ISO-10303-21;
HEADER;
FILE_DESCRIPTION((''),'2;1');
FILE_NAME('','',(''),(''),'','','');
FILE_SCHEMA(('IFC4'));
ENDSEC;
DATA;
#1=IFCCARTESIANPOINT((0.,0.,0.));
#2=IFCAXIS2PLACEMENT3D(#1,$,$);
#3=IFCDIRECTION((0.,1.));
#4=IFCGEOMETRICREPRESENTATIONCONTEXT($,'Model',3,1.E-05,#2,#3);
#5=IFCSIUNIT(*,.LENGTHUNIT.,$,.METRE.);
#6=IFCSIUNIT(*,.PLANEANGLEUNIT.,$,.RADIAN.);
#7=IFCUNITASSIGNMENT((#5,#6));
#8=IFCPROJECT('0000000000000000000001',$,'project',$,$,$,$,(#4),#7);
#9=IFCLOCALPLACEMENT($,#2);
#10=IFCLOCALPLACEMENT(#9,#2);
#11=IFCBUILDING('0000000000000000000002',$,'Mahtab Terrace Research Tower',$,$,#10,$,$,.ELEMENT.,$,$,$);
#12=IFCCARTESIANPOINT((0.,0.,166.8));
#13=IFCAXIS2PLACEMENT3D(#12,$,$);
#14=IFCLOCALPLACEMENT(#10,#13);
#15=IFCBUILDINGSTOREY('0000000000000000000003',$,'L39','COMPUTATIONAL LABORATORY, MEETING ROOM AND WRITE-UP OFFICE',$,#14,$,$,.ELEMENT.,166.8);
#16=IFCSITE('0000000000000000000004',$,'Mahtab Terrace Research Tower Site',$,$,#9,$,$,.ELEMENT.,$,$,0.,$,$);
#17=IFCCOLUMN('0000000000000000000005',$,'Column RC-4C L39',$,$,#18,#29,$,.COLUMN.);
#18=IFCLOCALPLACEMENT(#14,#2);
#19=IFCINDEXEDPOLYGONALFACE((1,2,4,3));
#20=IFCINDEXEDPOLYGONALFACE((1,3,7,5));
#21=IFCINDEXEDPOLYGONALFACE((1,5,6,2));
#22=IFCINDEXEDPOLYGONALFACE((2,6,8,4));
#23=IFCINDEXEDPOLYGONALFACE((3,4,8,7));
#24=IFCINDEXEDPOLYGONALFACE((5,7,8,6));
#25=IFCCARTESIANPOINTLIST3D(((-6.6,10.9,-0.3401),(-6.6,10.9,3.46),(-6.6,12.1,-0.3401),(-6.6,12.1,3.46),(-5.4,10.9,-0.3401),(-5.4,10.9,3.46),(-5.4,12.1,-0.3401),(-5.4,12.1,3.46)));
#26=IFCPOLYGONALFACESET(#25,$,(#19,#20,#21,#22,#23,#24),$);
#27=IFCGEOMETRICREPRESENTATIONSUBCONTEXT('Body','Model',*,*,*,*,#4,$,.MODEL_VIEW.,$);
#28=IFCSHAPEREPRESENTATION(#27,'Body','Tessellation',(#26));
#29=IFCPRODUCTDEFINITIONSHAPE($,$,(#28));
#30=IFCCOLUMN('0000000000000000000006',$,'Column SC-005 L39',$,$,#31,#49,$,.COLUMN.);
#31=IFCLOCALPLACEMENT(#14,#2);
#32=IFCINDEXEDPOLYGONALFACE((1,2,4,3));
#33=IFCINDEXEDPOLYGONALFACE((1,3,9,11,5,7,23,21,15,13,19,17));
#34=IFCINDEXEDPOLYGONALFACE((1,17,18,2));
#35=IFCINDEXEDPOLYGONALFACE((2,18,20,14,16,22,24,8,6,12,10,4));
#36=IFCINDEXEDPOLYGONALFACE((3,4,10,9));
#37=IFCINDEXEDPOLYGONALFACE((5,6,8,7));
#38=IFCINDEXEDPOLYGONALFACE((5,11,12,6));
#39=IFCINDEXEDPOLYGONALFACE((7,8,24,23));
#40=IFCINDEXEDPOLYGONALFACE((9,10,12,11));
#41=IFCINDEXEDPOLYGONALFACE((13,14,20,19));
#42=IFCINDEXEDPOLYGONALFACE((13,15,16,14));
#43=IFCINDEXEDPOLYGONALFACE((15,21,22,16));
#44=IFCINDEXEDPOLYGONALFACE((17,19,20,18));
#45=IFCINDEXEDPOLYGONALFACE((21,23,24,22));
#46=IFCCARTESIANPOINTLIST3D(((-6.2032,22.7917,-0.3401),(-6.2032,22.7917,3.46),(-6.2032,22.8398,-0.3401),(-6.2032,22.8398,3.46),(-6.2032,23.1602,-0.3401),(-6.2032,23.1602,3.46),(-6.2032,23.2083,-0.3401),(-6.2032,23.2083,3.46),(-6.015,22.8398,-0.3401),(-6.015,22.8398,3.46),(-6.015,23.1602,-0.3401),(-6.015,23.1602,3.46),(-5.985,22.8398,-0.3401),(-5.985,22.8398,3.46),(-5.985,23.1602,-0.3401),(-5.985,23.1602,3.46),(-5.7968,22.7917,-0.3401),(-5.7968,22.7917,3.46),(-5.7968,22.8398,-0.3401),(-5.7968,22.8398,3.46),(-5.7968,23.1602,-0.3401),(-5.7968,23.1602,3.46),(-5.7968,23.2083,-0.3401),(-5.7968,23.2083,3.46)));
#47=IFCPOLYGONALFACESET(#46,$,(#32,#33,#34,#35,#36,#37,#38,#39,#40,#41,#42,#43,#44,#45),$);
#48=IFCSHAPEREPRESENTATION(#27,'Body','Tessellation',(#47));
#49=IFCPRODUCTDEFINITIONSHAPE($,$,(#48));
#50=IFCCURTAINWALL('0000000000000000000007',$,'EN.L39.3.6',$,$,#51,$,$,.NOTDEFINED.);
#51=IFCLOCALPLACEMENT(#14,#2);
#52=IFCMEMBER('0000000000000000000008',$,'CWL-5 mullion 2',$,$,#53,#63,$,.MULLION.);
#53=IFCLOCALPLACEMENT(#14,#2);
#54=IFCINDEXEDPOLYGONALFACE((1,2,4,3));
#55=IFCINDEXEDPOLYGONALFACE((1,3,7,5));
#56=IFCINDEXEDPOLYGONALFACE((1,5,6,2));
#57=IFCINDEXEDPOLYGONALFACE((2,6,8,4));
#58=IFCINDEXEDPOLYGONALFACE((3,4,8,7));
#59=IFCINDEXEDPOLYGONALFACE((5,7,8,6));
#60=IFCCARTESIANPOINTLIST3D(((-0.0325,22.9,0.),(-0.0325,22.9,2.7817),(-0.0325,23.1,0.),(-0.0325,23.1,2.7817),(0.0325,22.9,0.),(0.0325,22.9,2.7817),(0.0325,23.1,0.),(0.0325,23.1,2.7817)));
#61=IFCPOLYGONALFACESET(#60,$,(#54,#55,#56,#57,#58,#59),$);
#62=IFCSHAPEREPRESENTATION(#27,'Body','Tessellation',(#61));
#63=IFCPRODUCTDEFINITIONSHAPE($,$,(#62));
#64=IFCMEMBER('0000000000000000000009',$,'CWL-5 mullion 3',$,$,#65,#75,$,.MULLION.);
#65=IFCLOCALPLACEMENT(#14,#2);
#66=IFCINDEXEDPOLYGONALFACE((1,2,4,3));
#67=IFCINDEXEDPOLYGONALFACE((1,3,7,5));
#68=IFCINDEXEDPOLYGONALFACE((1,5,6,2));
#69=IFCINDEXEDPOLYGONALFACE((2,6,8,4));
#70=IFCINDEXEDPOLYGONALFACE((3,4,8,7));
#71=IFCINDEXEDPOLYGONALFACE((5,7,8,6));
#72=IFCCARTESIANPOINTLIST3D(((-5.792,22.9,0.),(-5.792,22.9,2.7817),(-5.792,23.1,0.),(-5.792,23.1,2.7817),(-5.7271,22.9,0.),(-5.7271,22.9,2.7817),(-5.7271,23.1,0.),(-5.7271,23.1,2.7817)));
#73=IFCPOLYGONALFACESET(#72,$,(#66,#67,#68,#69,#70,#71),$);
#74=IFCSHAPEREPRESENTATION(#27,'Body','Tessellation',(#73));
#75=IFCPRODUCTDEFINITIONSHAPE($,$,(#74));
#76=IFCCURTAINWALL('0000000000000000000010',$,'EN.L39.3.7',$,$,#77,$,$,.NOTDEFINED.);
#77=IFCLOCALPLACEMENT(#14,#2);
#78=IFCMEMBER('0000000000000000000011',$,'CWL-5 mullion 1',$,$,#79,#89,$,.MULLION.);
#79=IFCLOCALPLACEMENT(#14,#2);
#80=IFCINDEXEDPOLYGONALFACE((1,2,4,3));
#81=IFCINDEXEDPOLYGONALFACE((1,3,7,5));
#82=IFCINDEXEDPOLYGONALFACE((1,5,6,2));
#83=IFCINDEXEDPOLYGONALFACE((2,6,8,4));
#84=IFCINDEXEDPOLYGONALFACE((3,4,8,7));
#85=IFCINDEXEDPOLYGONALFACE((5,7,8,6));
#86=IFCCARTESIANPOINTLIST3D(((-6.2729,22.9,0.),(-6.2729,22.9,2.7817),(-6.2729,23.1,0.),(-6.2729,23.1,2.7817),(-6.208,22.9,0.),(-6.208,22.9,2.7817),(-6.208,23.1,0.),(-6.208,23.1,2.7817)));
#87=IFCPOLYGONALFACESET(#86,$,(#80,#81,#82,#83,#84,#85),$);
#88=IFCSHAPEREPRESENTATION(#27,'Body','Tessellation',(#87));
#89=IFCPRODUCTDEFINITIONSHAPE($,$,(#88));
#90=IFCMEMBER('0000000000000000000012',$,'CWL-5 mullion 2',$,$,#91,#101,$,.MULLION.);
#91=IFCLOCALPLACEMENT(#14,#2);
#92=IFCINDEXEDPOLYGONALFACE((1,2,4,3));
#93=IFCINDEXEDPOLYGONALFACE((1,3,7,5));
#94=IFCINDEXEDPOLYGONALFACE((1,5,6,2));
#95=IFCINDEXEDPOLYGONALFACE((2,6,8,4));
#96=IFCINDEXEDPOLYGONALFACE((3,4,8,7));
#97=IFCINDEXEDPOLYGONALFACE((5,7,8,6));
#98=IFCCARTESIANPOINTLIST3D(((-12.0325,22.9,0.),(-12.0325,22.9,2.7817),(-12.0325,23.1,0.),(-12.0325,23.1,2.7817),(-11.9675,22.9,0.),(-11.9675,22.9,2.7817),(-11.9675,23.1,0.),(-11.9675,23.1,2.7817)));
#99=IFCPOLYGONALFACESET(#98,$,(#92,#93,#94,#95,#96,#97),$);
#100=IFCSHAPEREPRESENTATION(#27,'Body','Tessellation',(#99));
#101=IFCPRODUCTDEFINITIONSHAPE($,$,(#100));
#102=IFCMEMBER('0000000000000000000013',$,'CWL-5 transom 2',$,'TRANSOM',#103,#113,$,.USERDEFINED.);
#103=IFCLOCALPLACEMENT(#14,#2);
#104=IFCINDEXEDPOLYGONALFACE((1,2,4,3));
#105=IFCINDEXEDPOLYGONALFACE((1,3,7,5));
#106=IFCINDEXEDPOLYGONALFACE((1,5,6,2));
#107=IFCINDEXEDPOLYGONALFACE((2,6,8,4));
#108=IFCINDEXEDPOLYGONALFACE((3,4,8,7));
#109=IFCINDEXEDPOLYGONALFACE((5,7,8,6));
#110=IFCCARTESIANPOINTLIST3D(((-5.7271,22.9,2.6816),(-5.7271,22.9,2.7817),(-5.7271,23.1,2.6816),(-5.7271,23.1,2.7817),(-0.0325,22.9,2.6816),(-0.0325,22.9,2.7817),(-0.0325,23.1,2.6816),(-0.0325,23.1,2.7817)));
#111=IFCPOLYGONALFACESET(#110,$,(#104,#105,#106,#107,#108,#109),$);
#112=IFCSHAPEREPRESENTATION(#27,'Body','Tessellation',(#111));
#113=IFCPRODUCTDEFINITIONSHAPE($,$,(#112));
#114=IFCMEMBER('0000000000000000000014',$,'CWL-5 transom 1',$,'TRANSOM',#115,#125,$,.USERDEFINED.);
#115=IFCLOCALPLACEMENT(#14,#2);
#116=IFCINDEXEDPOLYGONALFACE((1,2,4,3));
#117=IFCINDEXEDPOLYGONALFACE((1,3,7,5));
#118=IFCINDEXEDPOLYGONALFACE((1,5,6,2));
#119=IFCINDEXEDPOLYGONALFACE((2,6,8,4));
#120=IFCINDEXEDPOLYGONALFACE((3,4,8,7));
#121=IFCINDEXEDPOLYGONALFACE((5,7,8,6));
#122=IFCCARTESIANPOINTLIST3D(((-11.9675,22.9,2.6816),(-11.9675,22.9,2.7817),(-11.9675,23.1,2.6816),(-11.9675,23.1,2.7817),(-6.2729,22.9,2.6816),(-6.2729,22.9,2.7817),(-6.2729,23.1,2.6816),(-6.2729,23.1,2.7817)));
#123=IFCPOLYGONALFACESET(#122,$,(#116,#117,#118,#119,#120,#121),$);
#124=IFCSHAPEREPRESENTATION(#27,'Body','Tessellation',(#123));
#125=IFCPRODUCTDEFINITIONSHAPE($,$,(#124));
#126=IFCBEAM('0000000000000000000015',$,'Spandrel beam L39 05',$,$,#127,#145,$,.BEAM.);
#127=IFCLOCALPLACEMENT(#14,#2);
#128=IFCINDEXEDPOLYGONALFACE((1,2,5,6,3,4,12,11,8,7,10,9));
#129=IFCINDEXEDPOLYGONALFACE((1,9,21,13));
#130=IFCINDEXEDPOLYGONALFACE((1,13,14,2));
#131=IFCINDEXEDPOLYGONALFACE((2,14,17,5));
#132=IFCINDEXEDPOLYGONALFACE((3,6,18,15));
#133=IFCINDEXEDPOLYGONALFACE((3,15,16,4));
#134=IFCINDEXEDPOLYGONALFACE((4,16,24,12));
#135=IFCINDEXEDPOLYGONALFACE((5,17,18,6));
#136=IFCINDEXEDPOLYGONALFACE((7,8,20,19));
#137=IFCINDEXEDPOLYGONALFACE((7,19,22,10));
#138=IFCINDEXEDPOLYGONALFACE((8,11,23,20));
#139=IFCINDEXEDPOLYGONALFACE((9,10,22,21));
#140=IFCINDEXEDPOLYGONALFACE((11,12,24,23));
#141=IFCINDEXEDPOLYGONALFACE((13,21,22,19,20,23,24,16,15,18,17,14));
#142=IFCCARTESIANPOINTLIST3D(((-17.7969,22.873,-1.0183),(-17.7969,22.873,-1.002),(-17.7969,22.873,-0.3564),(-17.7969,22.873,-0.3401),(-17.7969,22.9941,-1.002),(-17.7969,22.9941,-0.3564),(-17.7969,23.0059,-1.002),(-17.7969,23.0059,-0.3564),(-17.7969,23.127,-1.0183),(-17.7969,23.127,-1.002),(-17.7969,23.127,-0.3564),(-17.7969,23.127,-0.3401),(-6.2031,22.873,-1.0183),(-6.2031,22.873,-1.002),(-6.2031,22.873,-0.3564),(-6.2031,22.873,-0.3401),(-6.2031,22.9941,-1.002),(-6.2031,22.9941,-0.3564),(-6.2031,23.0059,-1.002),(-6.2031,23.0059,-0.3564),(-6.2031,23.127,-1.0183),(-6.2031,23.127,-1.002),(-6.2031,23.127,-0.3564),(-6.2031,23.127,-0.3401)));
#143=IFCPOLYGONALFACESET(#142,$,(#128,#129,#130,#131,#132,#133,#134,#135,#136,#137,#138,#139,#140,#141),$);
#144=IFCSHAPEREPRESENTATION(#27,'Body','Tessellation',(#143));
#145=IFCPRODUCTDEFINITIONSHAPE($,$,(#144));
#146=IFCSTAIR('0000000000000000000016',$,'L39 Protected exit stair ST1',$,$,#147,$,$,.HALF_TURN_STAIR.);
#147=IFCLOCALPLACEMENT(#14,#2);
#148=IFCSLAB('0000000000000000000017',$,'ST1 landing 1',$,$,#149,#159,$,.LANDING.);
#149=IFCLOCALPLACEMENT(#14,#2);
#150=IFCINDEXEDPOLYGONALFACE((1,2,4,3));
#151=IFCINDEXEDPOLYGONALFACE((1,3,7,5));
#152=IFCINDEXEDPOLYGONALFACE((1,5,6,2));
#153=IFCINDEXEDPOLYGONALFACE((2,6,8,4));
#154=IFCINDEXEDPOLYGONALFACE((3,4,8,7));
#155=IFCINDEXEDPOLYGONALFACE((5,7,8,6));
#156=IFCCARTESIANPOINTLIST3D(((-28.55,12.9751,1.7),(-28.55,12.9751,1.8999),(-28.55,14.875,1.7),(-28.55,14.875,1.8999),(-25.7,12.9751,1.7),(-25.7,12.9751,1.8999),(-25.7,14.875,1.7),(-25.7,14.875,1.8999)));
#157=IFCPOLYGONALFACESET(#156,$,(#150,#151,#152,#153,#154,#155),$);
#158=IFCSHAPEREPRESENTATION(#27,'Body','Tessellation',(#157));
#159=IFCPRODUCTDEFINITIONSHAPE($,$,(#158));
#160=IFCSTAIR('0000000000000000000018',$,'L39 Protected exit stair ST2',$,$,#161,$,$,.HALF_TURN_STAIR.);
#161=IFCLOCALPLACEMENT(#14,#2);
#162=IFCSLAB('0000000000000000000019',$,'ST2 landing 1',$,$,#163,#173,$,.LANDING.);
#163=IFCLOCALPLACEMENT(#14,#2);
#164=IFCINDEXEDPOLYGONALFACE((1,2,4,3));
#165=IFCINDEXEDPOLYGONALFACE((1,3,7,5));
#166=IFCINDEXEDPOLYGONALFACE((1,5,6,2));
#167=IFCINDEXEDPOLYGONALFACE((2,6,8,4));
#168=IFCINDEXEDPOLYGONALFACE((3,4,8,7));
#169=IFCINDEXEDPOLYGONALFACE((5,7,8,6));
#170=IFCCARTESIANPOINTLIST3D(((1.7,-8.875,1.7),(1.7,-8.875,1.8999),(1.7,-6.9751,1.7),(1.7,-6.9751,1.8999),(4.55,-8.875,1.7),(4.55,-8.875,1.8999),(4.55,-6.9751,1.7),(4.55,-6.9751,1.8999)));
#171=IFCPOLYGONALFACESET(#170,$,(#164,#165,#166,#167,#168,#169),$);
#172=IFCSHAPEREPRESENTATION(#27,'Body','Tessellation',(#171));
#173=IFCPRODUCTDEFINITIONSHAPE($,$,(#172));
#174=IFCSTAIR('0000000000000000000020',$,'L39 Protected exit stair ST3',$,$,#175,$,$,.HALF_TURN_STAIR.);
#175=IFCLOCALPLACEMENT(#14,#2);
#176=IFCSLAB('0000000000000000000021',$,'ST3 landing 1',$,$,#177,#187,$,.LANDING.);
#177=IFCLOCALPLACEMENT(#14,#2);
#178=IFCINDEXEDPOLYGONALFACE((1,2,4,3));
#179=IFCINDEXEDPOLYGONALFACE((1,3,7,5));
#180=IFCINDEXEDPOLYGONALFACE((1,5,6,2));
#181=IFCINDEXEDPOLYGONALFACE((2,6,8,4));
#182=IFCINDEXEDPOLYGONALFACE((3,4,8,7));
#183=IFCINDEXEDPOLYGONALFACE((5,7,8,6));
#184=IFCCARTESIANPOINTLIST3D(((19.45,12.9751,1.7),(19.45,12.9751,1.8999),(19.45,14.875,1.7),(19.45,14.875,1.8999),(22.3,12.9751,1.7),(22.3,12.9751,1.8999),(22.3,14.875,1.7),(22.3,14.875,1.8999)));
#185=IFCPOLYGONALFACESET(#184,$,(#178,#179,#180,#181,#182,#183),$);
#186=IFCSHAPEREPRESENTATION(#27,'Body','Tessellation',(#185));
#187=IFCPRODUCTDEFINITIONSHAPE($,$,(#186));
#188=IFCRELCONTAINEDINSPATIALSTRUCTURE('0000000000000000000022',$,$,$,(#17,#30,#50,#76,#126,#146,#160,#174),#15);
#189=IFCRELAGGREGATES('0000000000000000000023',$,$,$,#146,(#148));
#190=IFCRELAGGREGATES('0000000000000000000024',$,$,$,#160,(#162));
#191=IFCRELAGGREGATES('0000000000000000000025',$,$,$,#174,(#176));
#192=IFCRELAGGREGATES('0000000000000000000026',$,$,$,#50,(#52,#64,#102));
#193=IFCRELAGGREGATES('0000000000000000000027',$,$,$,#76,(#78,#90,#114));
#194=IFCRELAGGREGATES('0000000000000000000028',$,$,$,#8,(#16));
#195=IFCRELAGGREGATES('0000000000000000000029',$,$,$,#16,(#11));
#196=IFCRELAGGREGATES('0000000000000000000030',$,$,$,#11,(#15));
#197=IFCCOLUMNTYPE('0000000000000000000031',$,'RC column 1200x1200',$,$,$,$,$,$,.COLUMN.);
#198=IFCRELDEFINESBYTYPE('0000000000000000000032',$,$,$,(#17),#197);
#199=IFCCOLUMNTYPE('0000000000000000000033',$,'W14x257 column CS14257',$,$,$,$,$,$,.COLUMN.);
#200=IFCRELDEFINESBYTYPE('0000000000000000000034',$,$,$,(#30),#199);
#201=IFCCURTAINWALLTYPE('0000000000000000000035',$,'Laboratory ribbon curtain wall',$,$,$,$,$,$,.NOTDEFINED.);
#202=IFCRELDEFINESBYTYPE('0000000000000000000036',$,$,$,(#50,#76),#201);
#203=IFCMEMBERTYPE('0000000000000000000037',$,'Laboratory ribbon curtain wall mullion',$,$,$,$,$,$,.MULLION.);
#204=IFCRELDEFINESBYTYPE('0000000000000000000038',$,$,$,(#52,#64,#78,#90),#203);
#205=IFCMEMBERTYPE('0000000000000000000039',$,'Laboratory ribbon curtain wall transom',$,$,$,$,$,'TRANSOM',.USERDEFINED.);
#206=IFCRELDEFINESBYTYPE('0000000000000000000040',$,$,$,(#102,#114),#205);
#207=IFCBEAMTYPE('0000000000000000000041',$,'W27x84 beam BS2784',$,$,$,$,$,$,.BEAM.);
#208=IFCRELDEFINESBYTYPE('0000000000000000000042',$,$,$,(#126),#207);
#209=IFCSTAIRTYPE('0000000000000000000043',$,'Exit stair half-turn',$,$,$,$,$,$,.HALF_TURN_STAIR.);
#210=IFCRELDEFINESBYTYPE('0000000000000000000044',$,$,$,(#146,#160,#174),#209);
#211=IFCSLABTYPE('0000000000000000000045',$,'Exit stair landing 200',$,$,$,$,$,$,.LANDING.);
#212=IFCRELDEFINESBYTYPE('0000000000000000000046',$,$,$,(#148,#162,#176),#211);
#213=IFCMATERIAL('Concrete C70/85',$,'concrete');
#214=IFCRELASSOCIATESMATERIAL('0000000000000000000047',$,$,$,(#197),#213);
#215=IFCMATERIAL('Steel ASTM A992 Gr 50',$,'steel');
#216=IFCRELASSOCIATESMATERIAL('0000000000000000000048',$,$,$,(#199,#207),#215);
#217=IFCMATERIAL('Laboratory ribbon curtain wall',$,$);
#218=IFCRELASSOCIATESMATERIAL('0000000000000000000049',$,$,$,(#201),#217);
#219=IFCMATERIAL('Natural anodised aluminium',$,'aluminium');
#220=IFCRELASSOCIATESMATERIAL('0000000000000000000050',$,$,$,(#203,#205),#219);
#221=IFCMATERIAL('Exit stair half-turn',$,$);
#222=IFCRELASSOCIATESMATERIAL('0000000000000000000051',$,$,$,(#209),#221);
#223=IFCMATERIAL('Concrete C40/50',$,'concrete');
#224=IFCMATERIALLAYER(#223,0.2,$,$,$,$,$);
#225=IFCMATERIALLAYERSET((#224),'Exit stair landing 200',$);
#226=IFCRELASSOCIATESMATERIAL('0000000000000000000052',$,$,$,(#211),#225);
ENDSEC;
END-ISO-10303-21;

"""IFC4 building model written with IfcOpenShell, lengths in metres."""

from ifc_helpers import new_model, si_unit, direction, frame, origin, origin_2d, place, context, subcontext, project, spatial, polyline, rectangle, i_section, outline, extrude, material, layer, layer_set, material_profile, profile_set, type_object, element, aggregate, save


model = new_model("IFC4")

# Units and contexts
model_context = context("Model", 3, precision=1e-05, world=origin(), true_north=direction((0.0, 1.0)))
body_context = subcontext(model_context, "Body", "Model", "MODEL_VIEW")
ifc_project = project(units=[si_unit("LENGTHUNIT", "METRE"), si_unit("PLANEANGLEUNIT", "RADIAN")], contexts=[model_context])

# Site, building, storey
site_placement = place(None, origin())
site = spatial("IfcSite", under=ifc_project, at=site_placement, Name="Mahtab Terrace Research Tower Site", CompositionType="ELEMENT", RefElevation=0.0)
building_placement = place(site_placement, origin())
building = spatial("IfcBuilding", under=site, at=building_placement, Name="Mahtab Terrace Research Tower", CompositionType="ELEMENT")
storey_placement = place(building_placement, frame((0.0, 0.0, 166.8)))
storey = spatial("IfcBuildingStorey", under=building, at=storey_placement, Name="L39", Description="COMPUTATIONAL LABORATORY, MEETING ROOM AND WRITE-UP OFFICE", CompositionType="ELEMENT", Elevation=166.8)

# Columns
ifc_material_1 = material(Name="Concrete C70/85", Category="concrete")
ifc_material_profile_1 = material_profile(ifc_material_1, rectangle(XDim=1.2, YDim=1.2, at=origin_2d()), Name="RC column 1200x1200")
ifc_profile_set_1 = profile_set([ifc_material_profile_1], Name="Concrete C70/85")
column_type_1 = type_object("IfcColumnType", Name="RC column 1200x1200", PredefinedType="COLUMN", material=ifc_profile_set_1)
column_1_placement = place(storey_placement, frame((-6.0, 11.5, -0.3401), z_axis=(0.0, 0.0, 1.0), x_axis=(1.0, 0.0, 0.0)))
element("IfcColumn", 1, at=column_1_placement, inside=storey, type_object=column_type_1, Name="Column RC-4C L39", PredefinedType="COLUMN", context=body_context, shape_type="SweptSolid", body=[
    extrude(rectangle(XDim=1.2, YDim=1.2, at=origin_2d()), origin(), (0.0, 0.0, 1.0), 3.8),
])
ifc_material_2 = material(Name="Steel ASTM A992 Gr 50", Category="steel")
ifc_material_profile_2 = material_profile(ifc_material_2, i_section(OverallWidth=0.4065, OverallDepth=0.4165, WebThickness=0.03, FlangeThickness=0.0481, at=origin_2d()), Name="W14X257")
ifc_profile_set_2 = profile_set([ifc_material_profile_2], Name="Steel ASTM A992 Gr 50")
column_type_2 = type_object("IfcColumnType", Name="W14x257 column CS14257", PredefinedType="COLUMN", material=ifc_profile_set_2)
column_2_placement = place(storey_placement, frame((-6.0, 23.0, -0.3401), z_axis=(0.0, 0.0, 1.0), x_axis=(1.0, 0.0, 0.0)))
element("IfcColumn", 2, at=column_2_placement, inside=storey, type_object=column_type_2, Name="Column SC-005 L39", PredefinedType="COLUMN", context=body_context, shape_type="SweptSolid", body=[
    extrude(i_section(OverallWidth=0.4065, OverallDepth=0.4165, WebThickness=0.03, FlangeThickness=0.0481, at=origin_2d()), origin(), (0.0, 0.0, 1.0), 3.8),
])

# Curtain walls, members
ifc_material_3 = material(Name="Laboratory ribbon curtain wall")
curtain_wall_type = type_object("IfcCurtainWallType", Name="Laboratory ribbon curtain wall", PredefinedType="NOTDEFINED", material=ifc_material_3)
curtain_wall_1_placement = place(storey_placement, origin())
curtain_wall_1 = element("IfcCurtainWall", 3, at=curtain_wall_1_placement, inside=storey, type_object=curtain_wall_type, Name="EN.L39.3.6", PredefinedType="NOTDEFINED")
ifc_material_4 = material(Name="Natural anodised aluminium", Category="aluminium")
ifc_material_profile_3 = material_profile(ifc_material_4, rectangle(XDim=0.2, YDim=0.0649, at=origin_2d()), Name="MULLION 65x200")
ifc_profile_set_3 = profile_set([ifc_material_profile_3], Name="Natural anodised aluminium")
member_type_1 = type_object("IfcMemberType", Name="Laboratory ribbon curtain wall mullion", PredefinedType="MULLION", material=ifc_profile_set_3)
member_1_placement = place(storey_placement, frame((0.0, 23.0, 0.0), z_axis=(0.0, 0.0, 1.0), x_axis=(0.0, -1.0, 0.0)))
member_1 = element("IfcMember", 4, at=member_1_placement, type_object=member_type_1, Name="CWL-5 mullion 2", PredefinedType="MULLION", context=body_context, shape_type="SweptSolid", body=[
    extrude(rectangle(XDim=0.2, YDim=0.0649, at=origin_2d()), origin(), (0.0, 0.0, 1.0), 2.7817),
])
member_2_placement = place(storey_placement, frame((-5.7595, 23.0, 0.0), z_axis=(0.0, 0.0, 1.0), x_axis=(0.0, -1.0, 0.0)))
member_2 = element("IfcMember", 5, at=member_2_placement, type_object=member_type_1, Name="CWL-5 mullion 3", PredefinedType="MULLION", context=body_context, shape_type="SweptSolid", body=[
    extrude(rectangle(XDim=0.2, YDim=0.0649, at=origin_2d()), origin(), (0.0, 0.0, 1.0), 2.7817),
])
curtain_wall_2_placement = place(storey_placement, origin())
curtain_wall_2 = element("IfcCurtainWall", 6, at=curtain_wall_2_placement, inside=storey, type_object=curtain_wall_type, Name="EN.L39.3.7", PredefinedType="NOTDEFINED")
member_3_placement = place(storey_placement, frame((-6.2405, 23.0, 0.0), z_axis=(0.0, 0.0, 1.0), x_axis=(0.0, -1.0, 0.0)))
member_3 = element("IfcMember", 7, at=member_3_placement, type_object=member_type_1, Name="CWL-5 mullion 1", PredefinedType="MULLION", context=body_context, shape_type="SweptSolid", body=[
    extrude(rectangle(XDim=0.2, YDim=0.0649, at=origin_2d()), origin(), (0.0, 0.0, 1.0), 2.7817),
])
member_4_placement = place(storey_placement, frame((-12.0, 23.0, 0.0), z_axis=(0.0, 0.0, 1.0), x_axis=(0.0, -1.0, 0.0)))
member_4 = element("IfcMember", 8, at=member_4_placement, type_object=member_type_1, Name="CWL-5 mullion 2", PredefinedType="MULLION", context=body_context, shape_type="SweptSolid", body=[
    extrude(rectangle(XDim=0.2, YDim=0.0649, at=origin_2d()), origin(), (0.0, 0.0, 1.0), 2.7817),
])

# Members
ifc_material_profile_4 = material_profile(ifc_material_4, rectangle(XDim=0.2, YDim=0.1001, at=origin_2d()), Name="TRANSOM 100x200")
ifc_profile_set_4 = profile_set([ifc_material_profile_4], Name="Natural anodised aluminium")
member_type_2 = type_object("IfcMemberType", Name="Laboratory ribbon curtain wall transom", ElementType="TRANSOM", PredefinedType="USERDEFINED", material=ifc_profile_set_4)
member_5_placement = place(storey_placement, frame((-0.0325, 23.0, 2.7317), z_axis=(-1.0, 0.0, 0.0), x_axis=(0.0, -1.0, 0.0)))
member_5 = element("IfcMember", 9, at=member_5_placement, type_object=member_type_2, Name="CWL-5 transom 2", ObjectType="TRANSOM", PredefinedType="USERDEFINED", context=body_context, shape_type="SweptSolid", body=[
    extrude(rectangle(XDim=0.2, YDim=0.1001, at=origin_2d()), origin(), (0.0, 0.0, 1.0), 5.6946),
])
member_6_placement = place(storey_placement, frame((-6.2729, 23.0, 2.7317), z_axis=(-1.0, 0.0, 0.0), x_axis=(0.0, -1.0, 0.0)))
member_6 = element("IfcMember", 10, at=member_6_placement, type_object=member_type_2, Name="CWL-5 transom 1", ObjectType="TRANSOM", PredefinedType="USERDEFINED", context=body_context, shape_type="SweptSolid", body=[
    extrude(rectangle(XDim=0.2, YDim=0.1001, at=origin_2d()), origin(), (0.0, 0.0, 1.0), 5.6946),
])

# Beam
ifc_material_profile_5 = material_profile(ifc_material_2, i_section(OverallWidth=0.2539, OverallDepth=0.6782, WebThickness=0.0117, FlangeThickness=0.0164, at=origin_2d()), Name="W27X84")
ifc_profile_set_5 = profile_set([ifc_material_profile_5], Name="Steel ASTM A992 Gr 50")
beam_type = type_object("IfcBeamType", Name="W27x84 beam BS2784", PredefinedType="BEAM", material=ifc_profile_set_5)
beam_placement = place(storey_placement, frame((-6.2031, 23.0, -0.6792), z_axis=(-1.0, 0.0, 0.0), x_axis=(0.0, -1.0, 0.0)))
element("IfcBeam", 11, at=beam_placement, inside=storey, type_object=beam_type, Name="Spandrel beam L39 05", PredefinedType="BEAM", context=body_context, shape_type="SweptSolid", body=[
    extrude(i_section(OverallWidth=0.2539, OverallDepth=0.6782, WebThickness=0.0117, FlangeThickness=0.0164, at=origin_2d()), origin(), (0.0, 0.0, 1.0), 11.5938),
])

# Stairs, slabs
ifc_material_5 = material(Name="Exit stair half-turn")
stair_type = type_object("IfcStairType", Name="Exit stair half-turn", PredefinedType="HALF_TURN_STAIR", material=ifc_material_5)
stair_1_placement = place(storey_placement, origin())
stair_1 = element("IfcStair", 12, at=stair_1_placement, inside=storey, type_object=stair_type, Name="L39 Protected exit stair ST1", PredefinedType="HALF_TURN_STAIR")
ifc_material_6 = material(Name="Concrete C40/50", Category="concrete")
ifc_layer_1 = layer(ifc_material_6, 0.2)
ifc_layer_set_1 = layer_set([ifc_layer_1], Name="Exit stair landing 200")
slab_type = type_object("IfcSlabType", Name="Exit stair landing 200", PredefinedType="LANDING", material=ifc_layer_set_1)
slab_1_placement = place(storey_placement, frame((0.0, 0.0, 1.7)))
slab_1 = element("IfcSlab", 13, at=slab_1_placement, type_object=slab_type, Name="ST1 landing 1", PredefinedType="LANDING", context=body_context, shape_type="SweptSolid", body=[
    extrude(outline(polyline([(-25.7, 12.9751), (-25.7, 14.875), (-28.55, 14.875), (-28.55, 12.9751), (-25.7, 12.9751)])), origin(), (0.0, 0.0, 1.0), 0.2),
])
aggregate(stair_1, [slab_1])
stair_2_placement = place(storey_placement, origin())
stair_2 = element("IfcStair", 14, at=stair_2_placement, inside=storey, type_object=stair_type, Name="L39 Protected exit stair ST2", PredefinedType="HALF_TURN_STAIR")
slab_2_placement = place(storey_placement, frame((0.0, 0.0, 1.7)))
slab_2 = element("IfcSlab", 15, at=slab_2_placement, type_object=slab_type, Name="ST2 landing 1", PredefinedType="LANDING", context=body_context, shape_type="SweptSolid", body=[
    extrude(outline(polyline([(1.7, -6.9751), (1.7, -8.875), (4.55, -8.875), (4.55, -6.9751), (1.7, -6.9751)])), origin(), (0.0, 0.0, 1.0), 0.2),
])
aggregate(stair_2, [slab_2])
stair_3_placement = place(storey_placement, origin())
stair_3 = element("IfcStair", 16, at=stair_3_placement, inside=storey, type_object=stair_type, Name="L39 Protected exit stair ST3", PredefinedType="HALF_TURN_STAIR")
slab_3_placement = place(storey_placement, frame((0.0, 0.0, 1.7)))
slab_3 = element("IfcSlab", 17, at=slab_3_placement, type_object=slab_type, Name="ST3 landing 1", PredefinedType="LANDING", context=body_context, shape_type="SweptSolid", body=[
    extrude(outline(polyline([(22.3, 12.9751), (22.3, 14.875), (19.45, 14.875), (19.45, 12.9751), (22.3, 12.9751)])), origin(), (0.0, 0.0, 1.0), 0.2),
])
aggregate(stair_3, [slab_3])

aggregate(curtain_wall_1, [member_1, member_2, member_5])
aggregate(curtain_wall_2, [member_3, member_4, member_6])

save(model, "model.ifc")
